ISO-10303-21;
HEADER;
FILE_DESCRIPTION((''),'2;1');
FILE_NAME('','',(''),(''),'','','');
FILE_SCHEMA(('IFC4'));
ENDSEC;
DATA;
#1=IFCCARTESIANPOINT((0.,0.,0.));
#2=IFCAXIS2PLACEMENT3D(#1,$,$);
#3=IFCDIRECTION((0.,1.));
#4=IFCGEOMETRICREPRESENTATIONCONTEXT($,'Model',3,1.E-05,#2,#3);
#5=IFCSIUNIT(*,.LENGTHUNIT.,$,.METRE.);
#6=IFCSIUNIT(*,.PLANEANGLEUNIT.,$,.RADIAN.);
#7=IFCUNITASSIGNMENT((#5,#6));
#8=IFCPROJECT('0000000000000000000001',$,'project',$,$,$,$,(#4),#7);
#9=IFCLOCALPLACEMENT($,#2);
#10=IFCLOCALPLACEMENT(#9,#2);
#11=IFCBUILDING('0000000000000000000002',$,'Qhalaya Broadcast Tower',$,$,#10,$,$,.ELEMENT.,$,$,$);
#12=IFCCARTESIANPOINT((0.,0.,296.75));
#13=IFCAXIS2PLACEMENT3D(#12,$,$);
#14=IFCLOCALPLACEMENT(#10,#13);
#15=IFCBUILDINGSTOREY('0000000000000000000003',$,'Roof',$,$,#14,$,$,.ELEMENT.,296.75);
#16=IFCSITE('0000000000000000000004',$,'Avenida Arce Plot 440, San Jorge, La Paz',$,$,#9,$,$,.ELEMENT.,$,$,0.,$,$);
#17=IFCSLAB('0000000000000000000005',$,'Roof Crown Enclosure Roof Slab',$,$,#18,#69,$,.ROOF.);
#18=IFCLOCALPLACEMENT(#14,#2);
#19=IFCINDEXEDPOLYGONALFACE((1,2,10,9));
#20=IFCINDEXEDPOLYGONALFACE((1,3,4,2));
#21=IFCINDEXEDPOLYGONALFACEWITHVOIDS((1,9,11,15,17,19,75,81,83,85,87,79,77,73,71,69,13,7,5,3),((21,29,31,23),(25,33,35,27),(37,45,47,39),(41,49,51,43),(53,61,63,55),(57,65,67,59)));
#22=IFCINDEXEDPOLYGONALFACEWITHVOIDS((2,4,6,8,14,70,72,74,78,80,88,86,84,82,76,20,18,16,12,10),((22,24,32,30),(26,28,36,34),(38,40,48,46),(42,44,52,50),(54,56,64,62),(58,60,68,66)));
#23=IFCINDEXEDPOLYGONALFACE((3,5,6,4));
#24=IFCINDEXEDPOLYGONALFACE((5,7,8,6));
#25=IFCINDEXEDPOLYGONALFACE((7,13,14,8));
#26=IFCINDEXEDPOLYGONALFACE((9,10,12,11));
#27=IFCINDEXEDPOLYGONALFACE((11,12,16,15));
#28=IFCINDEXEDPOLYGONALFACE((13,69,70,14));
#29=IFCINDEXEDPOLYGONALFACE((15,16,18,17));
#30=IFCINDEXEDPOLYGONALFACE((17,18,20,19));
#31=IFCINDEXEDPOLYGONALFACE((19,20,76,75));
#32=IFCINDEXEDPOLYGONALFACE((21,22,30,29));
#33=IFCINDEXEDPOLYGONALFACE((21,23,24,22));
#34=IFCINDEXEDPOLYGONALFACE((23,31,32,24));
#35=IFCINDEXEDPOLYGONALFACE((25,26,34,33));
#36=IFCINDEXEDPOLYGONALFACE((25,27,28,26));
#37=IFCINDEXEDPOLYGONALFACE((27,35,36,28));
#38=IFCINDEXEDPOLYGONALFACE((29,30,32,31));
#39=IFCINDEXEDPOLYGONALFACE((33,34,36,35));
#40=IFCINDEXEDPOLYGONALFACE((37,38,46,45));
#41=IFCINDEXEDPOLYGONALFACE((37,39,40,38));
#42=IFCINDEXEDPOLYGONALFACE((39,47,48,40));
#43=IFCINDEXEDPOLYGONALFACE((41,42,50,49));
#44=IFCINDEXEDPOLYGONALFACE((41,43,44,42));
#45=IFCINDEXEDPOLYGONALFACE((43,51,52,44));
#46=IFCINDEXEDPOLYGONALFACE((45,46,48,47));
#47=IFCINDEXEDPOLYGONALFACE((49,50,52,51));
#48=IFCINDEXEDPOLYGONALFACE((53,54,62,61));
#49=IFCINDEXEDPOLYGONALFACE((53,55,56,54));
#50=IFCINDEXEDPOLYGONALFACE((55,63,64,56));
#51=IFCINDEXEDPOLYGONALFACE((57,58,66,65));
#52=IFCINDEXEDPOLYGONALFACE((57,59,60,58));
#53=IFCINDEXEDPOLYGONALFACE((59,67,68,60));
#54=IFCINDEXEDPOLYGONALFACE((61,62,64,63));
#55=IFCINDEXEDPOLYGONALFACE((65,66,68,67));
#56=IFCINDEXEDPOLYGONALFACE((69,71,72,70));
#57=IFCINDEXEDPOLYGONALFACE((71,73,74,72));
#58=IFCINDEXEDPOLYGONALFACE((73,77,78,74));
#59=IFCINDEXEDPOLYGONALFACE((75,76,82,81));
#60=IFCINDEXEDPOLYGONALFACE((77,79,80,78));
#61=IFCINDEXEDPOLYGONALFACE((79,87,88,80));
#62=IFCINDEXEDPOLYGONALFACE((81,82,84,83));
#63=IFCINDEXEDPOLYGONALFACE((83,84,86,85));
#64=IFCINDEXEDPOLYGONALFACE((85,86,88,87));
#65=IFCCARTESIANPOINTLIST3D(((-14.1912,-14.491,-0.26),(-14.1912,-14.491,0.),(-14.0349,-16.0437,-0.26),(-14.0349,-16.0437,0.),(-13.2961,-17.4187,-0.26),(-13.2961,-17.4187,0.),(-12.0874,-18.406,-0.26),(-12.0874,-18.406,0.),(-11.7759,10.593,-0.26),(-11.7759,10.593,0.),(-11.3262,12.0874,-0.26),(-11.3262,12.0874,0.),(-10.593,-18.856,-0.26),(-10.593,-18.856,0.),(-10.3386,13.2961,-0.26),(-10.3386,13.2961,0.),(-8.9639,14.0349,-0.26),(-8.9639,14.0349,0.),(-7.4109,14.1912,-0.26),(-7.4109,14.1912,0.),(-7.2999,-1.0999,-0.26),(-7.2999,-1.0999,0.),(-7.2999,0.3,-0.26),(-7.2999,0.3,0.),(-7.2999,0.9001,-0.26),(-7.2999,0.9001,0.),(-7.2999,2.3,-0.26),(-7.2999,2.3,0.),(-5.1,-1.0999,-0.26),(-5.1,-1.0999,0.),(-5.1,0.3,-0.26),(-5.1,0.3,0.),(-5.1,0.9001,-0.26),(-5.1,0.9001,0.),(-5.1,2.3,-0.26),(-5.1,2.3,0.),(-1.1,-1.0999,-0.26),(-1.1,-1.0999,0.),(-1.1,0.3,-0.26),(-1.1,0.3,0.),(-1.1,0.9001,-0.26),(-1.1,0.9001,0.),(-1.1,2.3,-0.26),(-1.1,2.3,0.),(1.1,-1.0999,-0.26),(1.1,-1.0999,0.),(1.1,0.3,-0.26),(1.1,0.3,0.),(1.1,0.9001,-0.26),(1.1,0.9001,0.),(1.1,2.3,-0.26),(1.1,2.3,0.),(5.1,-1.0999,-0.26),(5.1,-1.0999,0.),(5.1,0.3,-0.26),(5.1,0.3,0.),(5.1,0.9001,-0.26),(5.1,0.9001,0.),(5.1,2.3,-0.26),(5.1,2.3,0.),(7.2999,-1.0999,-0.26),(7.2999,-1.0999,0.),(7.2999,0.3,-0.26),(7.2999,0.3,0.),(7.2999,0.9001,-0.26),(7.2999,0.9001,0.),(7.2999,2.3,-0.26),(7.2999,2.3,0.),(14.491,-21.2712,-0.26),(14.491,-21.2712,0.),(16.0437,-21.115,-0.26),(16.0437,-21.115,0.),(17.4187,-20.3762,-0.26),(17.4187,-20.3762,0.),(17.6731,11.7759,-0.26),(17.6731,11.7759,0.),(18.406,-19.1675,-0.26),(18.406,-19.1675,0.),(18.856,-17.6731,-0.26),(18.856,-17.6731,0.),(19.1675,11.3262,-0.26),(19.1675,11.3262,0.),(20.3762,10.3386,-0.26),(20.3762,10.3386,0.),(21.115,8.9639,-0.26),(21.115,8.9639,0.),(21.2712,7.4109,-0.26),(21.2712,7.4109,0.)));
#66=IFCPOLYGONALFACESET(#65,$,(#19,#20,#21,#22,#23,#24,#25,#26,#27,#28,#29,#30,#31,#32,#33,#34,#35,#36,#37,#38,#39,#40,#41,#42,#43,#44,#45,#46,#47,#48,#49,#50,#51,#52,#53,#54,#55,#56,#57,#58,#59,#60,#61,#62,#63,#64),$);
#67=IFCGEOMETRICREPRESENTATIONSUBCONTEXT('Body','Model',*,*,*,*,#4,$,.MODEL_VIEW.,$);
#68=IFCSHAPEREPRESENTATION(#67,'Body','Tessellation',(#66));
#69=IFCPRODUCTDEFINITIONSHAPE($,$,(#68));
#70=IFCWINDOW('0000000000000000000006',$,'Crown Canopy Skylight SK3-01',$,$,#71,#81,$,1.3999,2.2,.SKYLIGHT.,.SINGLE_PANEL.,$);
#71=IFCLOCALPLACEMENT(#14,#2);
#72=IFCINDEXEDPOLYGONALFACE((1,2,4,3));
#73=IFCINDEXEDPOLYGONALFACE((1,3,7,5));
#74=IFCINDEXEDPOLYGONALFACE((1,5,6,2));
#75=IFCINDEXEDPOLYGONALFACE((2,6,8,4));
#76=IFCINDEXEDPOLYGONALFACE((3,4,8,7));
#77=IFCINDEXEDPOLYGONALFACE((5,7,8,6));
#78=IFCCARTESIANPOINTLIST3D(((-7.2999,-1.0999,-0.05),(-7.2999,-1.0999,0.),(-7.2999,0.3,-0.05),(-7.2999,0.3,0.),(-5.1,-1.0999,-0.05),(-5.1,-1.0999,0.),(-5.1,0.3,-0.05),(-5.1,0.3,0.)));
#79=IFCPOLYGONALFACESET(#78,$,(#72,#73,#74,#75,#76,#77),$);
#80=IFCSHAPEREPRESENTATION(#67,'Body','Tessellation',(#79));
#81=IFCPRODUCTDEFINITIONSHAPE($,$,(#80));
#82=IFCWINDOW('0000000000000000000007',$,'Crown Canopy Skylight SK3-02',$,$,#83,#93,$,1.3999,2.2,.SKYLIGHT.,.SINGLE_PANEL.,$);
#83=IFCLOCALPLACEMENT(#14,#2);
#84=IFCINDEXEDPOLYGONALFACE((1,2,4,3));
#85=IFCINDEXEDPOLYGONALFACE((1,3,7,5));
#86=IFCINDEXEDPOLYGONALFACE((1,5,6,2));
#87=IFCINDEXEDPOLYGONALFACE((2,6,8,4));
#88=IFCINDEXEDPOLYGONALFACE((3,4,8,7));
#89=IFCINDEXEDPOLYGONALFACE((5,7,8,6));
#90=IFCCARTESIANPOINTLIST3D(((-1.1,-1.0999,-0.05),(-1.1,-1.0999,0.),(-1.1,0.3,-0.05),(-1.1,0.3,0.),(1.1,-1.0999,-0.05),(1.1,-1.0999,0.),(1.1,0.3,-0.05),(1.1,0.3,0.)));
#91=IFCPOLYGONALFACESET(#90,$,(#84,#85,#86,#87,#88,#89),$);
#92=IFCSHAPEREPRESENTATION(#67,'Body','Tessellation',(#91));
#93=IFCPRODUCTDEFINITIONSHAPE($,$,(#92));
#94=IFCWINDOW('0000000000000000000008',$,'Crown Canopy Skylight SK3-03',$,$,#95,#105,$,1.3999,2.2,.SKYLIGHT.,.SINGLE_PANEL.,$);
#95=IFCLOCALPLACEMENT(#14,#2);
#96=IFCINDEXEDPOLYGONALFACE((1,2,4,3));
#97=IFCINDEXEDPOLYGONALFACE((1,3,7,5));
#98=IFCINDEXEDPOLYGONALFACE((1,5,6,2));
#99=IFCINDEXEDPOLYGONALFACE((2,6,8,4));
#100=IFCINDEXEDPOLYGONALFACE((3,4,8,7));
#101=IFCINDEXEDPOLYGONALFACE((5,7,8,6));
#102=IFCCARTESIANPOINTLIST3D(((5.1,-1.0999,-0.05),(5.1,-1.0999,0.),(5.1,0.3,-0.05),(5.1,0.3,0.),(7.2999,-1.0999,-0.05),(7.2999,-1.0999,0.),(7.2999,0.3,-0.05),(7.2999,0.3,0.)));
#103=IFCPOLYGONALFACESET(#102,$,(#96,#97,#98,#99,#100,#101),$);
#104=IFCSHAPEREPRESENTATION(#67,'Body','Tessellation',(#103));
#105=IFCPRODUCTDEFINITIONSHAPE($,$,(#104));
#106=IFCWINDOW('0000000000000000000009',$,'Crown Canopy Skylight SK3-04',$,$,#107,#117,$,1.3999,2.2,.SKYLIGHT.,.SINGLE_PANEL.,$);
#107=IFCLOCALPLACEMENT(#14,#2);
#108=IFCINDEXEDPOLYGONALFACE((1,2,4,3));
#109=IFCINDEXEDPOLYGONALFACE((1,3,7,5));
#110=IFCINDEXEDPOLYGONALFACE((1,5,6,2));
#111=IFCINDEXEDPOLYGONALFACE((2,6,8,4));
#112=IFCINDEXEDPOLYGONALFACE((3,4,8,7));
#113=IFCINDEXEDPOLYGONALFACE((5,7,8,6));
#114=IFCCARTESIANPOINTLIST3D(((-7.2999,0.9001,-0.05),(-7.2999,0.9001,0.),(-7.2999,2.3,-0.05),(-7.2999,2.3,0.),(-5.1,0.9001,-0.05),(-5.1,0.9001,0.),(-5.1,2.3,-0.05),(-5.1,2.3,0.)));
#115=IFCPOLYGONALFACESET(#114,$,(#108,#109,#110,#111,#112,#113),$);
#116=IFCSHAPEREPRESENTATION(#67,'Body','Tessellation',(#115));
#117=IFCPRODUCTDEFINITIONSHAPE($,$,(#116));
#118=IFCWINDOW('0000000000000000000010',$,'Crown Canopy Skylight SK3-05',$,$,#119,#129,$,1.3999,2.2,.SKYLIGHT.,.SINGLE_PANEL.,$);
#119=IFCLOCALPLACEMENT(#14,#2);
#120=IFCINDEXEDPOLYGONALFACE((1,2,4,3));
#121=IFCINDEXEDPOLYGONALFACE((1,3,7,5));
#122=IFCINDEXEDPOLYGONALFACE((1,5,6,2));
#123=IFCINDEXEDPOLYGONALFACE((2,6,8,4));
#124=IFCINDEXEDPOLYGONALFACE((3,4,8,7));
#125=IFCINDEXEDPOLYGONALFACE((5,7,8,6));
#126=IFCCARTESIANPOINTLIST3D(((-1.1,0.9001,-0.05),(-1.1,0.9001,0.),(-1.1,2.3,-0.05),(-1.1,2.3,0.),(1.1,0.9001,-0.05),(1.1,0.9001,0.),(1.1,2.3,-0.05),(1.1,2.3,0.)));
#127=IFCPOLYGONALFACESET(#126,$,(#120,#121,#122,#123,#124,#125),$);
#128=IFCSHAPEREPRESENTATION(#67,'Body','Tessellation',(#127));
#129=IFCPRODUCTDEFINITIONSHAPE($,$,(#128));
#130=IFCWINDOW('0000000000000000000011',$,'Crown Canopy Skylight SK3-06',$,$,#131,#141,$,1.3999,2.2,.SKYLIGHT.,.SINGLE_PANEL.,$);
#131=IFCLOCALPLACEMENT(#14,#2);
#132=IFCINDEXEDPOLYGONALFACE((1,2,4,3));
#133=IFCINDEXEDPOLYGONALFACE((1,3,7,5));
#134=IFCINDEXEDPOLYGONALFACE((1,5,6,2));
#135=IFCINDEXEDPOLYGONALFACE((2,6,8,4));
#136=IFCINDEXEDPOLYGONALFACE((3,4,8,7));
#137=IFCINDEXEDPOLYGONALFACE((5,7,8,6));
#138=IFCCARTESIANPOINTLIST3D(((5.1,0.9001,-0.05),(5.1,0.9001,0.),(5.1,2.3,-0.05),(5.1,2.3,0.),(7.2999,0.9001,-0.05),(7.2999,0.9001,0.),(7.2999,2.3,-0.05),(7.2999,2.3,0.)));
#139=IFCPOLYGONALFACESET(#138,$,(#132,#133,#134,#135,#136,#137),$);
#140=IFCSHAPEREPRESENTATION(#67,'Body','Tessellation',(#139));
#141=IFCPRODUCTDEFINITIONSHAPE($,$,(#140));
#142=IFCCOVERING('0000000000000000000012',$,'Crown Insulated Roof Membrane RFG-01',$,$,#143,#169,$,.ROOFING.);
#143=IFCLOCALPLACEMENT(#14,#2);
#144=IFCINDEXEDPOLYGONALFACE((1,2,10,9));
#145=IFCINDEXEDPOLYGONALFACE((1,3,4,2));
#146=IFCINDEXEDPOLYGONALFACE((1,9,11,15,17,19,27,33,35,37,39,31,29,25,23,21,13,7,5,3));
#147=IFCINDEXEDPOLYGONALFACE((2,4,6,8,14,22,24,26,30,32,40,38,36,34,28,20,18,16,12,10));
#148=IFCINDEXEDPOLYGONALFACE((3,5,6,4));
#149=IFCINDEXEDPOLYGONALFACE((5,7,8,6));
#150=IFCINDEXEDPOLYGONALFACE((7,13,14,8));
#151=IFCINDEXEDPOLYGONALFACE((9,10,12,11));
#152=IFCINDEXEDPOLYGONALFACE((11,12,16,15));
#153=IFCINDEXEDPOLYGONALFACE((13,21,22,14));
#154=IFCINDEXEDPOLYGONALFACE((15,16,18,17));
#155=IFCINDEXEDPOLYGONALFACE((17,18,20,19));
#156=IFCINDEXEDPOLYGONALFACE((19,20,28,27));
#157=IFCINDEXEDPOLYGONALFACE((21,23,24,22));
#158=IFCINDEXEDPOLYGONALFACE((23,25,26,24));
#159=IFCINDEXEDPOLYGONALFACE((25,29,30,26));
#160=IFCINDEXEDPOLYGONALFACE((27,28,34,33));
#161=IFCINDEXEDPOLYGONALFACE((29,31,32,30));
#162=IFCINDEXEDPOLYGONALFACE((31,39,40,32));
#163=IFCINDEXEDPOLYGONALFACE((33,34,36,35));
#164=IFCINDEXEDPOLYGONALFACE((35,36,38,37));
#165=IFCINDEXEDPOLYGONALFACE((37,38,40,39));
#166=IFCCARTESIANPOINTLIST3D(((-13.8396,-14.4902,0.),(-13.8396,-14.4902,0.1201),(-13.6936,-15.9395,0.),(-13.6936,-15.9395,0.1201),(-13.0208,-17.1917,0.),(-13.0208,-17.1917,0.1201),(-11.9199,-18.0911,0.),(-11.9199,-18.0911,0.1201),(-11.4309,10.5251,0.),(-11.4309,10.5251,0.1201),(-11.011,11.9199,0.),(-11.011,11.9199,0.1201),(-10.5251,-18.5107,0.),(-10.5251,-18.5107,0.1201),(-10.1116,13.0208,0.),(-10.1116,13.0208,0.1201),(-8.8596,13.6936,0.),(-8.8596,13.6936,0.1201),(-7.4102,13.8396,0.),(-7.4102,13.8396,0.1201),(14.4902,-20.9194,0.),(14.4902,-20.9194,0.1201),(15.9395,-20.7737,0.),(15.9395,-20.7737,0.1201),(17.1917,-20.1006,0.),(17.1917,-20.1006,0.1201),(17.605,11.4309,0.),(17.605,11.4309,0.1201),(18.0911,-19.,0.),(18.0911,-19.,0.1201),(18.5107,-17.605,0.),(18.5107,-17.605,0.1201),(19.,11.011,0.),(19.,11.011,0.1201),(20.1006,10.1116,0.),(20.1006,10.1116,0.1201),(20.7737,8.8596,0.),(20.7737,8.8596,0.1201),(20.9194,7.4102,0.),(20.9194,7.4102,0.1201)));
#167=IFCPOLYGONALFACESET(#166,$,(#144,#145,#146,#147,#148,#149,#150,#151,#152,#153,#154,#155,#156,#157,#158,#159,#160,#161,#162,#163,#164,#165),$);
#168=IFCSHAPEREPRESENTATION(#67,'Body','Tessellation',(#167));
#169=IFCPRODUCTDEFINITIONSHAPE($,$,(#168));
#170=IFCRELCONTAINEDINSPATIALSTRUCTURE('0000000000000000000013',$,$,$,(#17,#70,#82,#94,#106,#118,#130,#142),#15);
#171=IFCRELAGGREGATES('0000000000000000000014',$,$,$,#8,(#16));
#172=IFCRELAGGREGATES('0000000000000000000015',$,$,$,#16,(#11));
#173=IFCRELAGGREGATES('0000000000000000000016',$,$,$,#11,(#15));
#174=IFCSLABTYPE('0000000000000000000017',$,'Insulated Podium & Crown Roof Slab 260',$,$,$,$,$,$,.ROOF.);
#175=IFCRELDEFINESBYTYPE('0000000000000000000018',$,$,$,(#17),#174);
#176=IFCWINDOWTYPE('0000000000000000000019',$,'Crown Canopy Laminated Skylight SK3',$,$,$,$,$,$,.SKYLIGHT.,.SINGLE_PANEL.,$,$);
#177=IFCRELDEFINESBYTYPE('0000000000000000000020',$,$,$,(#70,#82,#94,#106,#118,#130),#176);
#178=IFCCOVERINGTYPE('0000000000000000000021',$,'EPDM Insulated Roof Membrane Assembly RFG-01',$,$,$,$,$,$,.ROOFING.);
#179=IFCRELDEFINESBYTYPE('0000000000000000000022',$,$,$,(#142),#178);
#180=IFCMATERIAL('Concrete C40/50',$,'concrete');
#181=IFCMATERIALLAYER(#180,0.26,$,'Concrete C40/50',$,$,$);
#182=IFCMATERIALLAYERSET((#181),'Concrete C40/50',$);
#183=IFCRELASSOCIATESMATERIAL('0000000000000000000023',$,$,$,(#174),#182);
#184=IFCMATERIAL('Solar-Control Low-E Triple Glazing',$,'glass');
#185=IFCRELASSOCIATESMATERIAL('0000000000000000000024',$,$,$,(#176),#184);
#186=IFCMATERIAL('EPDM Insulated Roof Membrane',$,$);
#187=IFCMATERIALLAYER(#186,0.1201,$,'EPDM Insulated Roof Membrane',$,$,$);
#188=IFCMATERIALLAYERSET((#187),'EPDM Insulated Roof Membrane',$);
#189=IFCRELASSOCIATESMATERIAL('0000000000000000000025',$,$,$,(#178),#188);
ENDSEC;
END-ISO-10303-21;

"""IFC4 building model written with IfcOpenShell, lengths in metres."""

from ifc_helpers import new_model, si_unit, direction, frame, origin, origin_2d, place, context, subcontext, project, spatial, polyline, rectangle, outline, extrude, material, layer, layer_set, type_object, element, fill, save


model = new_model("IFC4")

# Units and contexts
model_context = context("Model", 3, precision=1e-05, world=origin(), true_north=direction((0.0, 1.0)))
body_context = subcontext(model_context, "Body", "Model", "MODEL_VIEW")
ifc_project = project(units=[si_unit("LENGTHUNIT", "METRE"), si_unit("PLANEANGLEUNIT", "RADIAN")], contexts=[model_context])

# Site, building, storey
site_placement = place(None, origin())
site = spatial("IfcSite", under=ifc_project, at=site_placement, Name="Avenida Arce Plot 440, San Jorge, La Paz", CompositionType="ELEMENT", RefElevation=0.0)
building_placement = place(site_placement, origin())
building = spatial("IfcBuilding", under=site, at=building_placement, Name="Qhalaya Broadcast Tower", CompositionType="ELEMENT")
storey_placement = place(building_placement, frame((0.0, 0.0, 296.75)))
storey = spatial("IfcBuildingStorey", under=building, at=storey_placement, Name="Roof", CompositionType="ELEMENT", Elevation=296.75)

# Slab, openings, windows
ifc_material_1 = material(Name="Concrete C40/50", Category="concrete")
ifc_layer_1 = layer(ifc_material_1, 0.26, Name="Concrete C40/50")
ifc_layer_set_1 = layer_set([ifc_layer_1], Name="Concrete C40/50")
slab_type = type_object("IfcSlabType", Name="Insulated Podium & Crown Roof Slab 260", PredefinedType="ROOF", material=ifc_layer_set_1)
slab_placement = place(storey_placement, frame((0.0, 0.0, -0.26)))
slab = element("IfcSlab", 1, at=slab_placement, inside=storey, type_object=slab_type, Name="Roof Crown Enclosure Roof Slab", PredefinedType="ROOF", context=body_context, shape_type="SweptSolid", body=[
    extrude(outline(polyline([(14.491, -21.2712), (16.0437, -21.115), (17.4187, -20.3762), (18.406, -19.1675), (18.856, -17.6731), (21.2712, 7.4109), (21.115, 8.9639), (20.3762, 10.3386), (19.1675, 11.3262), (17.6731, 11.7759), (-7.4109, 14.1912), (-8.9639, 14.0349), (-10.3386, 13.2961), (-11.3262, 12.0874), (-11.7759, 10.593), (-14.1912, -14.491), (-14.0349, -16.0437), (-13.2961, -17.4187), (-12.0874, -18.406), (-10.593, -18.856), (14.491, -21.2712)])), origin(), (0.0, 0.0, 1.0), 0.26),
])
opening_1_placement = place(slab_placement, frame((-6.2, -0.3999, 0.0), z_axis=(0.0, 0.0, 1.0), x_axis=(1.0, 0.0, 0.0)))
opening_1 = element("IfcOpeningElement", 2, at=opening_1_placement, cuts=slab, PredefinedType="OPENING", context=body_context, shape_type="SweptSolid", body=[
    extrude(rectangle(XDim=2.2, YDim=1.3999, at=origin_2d()), origin(), (0.0, 0.0, 1.0), 0.26),
])
opening_2_placement = place(slab_placement, frame((0.0, -0.3999, 0.0), z_axis=(0.0, 0.0, 1.0), x_axis=(1.0, 0.0, 0.0)))
opening_2 = element("IfcOpeningElement", 3, at=opening_2_placement, cuts=slab, PredefinedType="OPENING", context=body_context, shape_type="SweptSolid", body=[
    extrude(rectangle(XDim=2.2, YDim=1.3999, at=origin_2d()), origin(), (0.0, 0.0, 1.0), 0.26),
])
opening_3_placement = place(slab_placement, frame((6.2, -0.3999, 0.0), z_axis=(0.0, 0.0, 1.0), x_axis=(1.0, 0.0, 0.0)))
opening_3 = element("IfcOpeningElement", 4, at=opening_3_placement, cuts=slab, PredefinedType="OPENING", context=body_context, shape_type="SweptSolid", body=[
    extrude(rectangle(XDim=2.2, YDim=1.3999, at=origin_2d()), origin(), (0.0, 0.0, 1.0), 0.26),
])
opening_4_placement = place(slab_placement, frame((-6.2, 1.6001, 0.0), z_axis=(0.0, 0.0, 1.0), x_axis=(1.0, 0.0, 0.0)))
opening_4 = element("IfcOpeningElement", 5, at=opening_4_placement, cuts=slab, PredefinedType="OPENING", context=body_context, shape_type="SweptSolid", body=[
    extrude(rectangle(XDim=2.2, YDim=1.3999, at=origin_2d()), origin(), (0.0, 0.0, 1.0), 0.26),
])
opening_5_placement = place(slab_placement, frame((0.0, 1.6001, 0.0), z_axis=(0.0, 0.0, 1.0), x_axis=(1.0, 0.0, 0.0)))
opening_5 = element("IfcOpeningElement", 6, at=opening_5_placement, cuts=slab, PredefinedType="OPENING", context=body_context, shape_type="SweptSolid", body=[
    extrude(rectangle(XDim=2.2, YDim=1.3999, at=origin_2d()), origin(), (0.0, 0.0, 1.0), 0.26),
])
opening_6_placement = place(slab_placement, frame((6.2, 1.6001, 0.0), z_axis=(0.0, 0.0, 1.0), x_axis=(1.0, 0.0, 0.0)))
opening_6 = element("IfcOpeningElement", 7, at=opening_6_placement, cuts=slab, PredefinedType="OPENING", context=body_context, shape_type="SweptSolid", body=[
    extrude(rectangle(XDim=2.2, YDim=1.3999, at=origin_2d()), origin(), (0.0, 0.0, 1.0), 0.26),
])
ifc_material_2 = material(Name="Solar-Control Low-E Triple Glazing", Category="glass")
window_type = type_object("IfcWindowType", Name="Crown Canopy Laminated Skylight SK3", PartitioningType="SINGLE_PANEL", PredefinedType="SKYLIGHT", material=ifc_material_2)
window_1_placement = place(opening_1_placement, frame((0.0, 0.0, 0.21)))
window_1 = element("IfcWindow", 8, at=window_1_placement, inside=storey, type_object=window_type, Name="Crown Canopy Skylight SK3-01", OverallHeight=1.3999, OverallWidth=2.2, PartitioningType="SINGLE_PANEL", PredefinedType="SKYLIGHT", context=body_context, shape_type="SweptSolid", body=[
    extrude(rectangle(XDim=2.2, YDim=1.3999, at=origin_2d()), origin(), (0.0, 0.0, 1.0), 0.05),
])
fill(opening_1, window_1)
window_2_placement = place(opening_2_placement, frame((0.0, 0.0, 0.21)))
window_2 = element("IfcWindow", 9, at=window_2_placement, inside=storey, type_object=window_type, Name="Crown Canopy Skylight SK3-02", OverallHeight=1.3999, OverallWidth=2.2, PartitioningType="SINGLE_PANEL", PredefinedType="SKYLIGHT", context=body_context, shape_type="SweptSolid", body=[
    extrude(rectangle(XDim=2.2, YDim=1.3999, at=origin_2d()), origin(), (0.0, 0.0, 1.0), 0.05),
])
fill(opening_2, window_2)
window_3_placement = place(opening_3_placement, frame((0.0, 0.0, 0.21)))
window_3 = element("IfcWindow", 10, at=window_3_placement, inside=storey, type_object=window_type, Name="Crown Canopy Skylight SK3-03", OverallHeight=1.3999, OverallWidth=2.2, PartitioningType="SINGLE_PANEL", PredefinedType="SKYLIGHT", context=body_context, shape_type="SweptSolid", body=[
    extrude(rectangle(XDim=2.2, YDim=1.3999, at=origin_2d()), origin(), (0.0, 0.0, 1.0), 0.05),
])
fill(opening_3, window_3)
window_4_placement = place(opening_4_placement, frame((0.0, 0.0, 0.21)))
window_4 = element("IfcWindow", 11, at=window_4_placement, inside=storey, type_object=window_type, Name="Crown Canopy Skylight SK3-04", OverallHeight=1.3999, OverallWidth=2.2, PartitioningType="SINGLE_PANEL", PredefinedType="SKYLIGHT", context=body_context, shape_type="SweptSolid", body=[
    extrude(rectangle(XDim=2.2, YDim=1.3999, at=origin_2d()), origin(), (0.0, 0.0, 1.0), 0.05),
])
fill(opening_4, window_4)
window_5_placement = place(opening_5_placement, frame((0.0, 0.0, 0.21)))
window_5 = element("IfcWindow", 12, at=window_5_placement, inside=storey, type_object=window_type, Name="Crown Canopy Skylight SK3-05", OverallHeight=1.3999, OverallWidth=2.2, PartitioningType="SINGLE_PANEL", PredefinedType="SKYLIGHT", context=body_context, shape_type="SweptSolid", body=[
    extrude(rectangle(XDim=2.2, YDim=1.3999, at=origin_2d()), origin(), (0.0, 0.0, 1.0), 0.05),
])
fill(opening_5, window_5)
window_6_placement = place(opening_6_placement, frame((0.0, 0.0, 0.21)))
window_6 = element("IfcWindow", 13, at=window_6_placement, inside=storey, type_object=window_type, Name="Crown Canopy Skylight SK3-06", OverallHeight=1.3999, OverallWidth=2.2, PartitioningType="SINGLE_PANEL", PredefinedType="SKYLIGHT", context=body_context, shape_type="SweptSolid", body=[
    extrude(rectangle(XDim=2.2, YDim=1.3999, at=origin_2d()), origin(), (0.0, 0.0, 1.0), 0.05),
])
fill(opening_6, window_6)

# Covering
ifc_material_3 = material(Name="EPDM Insulated Roof Membrane")
ifc_layer_2 = layer(ifc_material_3, 0.1201, Name="EPDM Insulated Roof Membrane")
ifc_layer_set_2 = layer_set([ifc_layer_2], Name="EPDM Insulated Roof Membrane")
covering_type = type_object("IfcCoveringType", Name="EPDM Insulated Roof Membrane Assembly RFG-01", PredefinedType="ROOFING", material=ifc_layer_set_2)
covering_placement = place(storey_placement, origin())
element("IfcCovering", 14, at=covering_placement, inside=storey, type_object=covering_type, Name="Crown Insulated Roof Membrane RFG-01", PredefinedType="ROOFING", context=body_context, shape_type="SweptSolid", body=[
    extrude(outline(polyline([(14.4902, -20.9194), (-10.5251, -18.5107), (-11.9199, -18.0911), (-13.0208, -17.1917), (-13.6936, -15.9395), (-13.8396, -14.4902), (-11.4309, 10.5251), (-11.011, 11.9199), (-10.1116, 13.0208), (-8.8596, 13.6936), (-7.4102, 13.8396), (17.605, 11.4309), (19.0, 11.011), (20.1006, 10.1116), (20.7737, 8.8596), (20.9194, 7.4102), (18.5107, -17.605), (18.0911, -19.0), (17.1917, -20.1006), (15.9395, -20.7737), (14.4902, -20.9194)])), origin(), (0.0, 0.0, 1.0), 0.1201),
])

save(model, "model.ifc")
